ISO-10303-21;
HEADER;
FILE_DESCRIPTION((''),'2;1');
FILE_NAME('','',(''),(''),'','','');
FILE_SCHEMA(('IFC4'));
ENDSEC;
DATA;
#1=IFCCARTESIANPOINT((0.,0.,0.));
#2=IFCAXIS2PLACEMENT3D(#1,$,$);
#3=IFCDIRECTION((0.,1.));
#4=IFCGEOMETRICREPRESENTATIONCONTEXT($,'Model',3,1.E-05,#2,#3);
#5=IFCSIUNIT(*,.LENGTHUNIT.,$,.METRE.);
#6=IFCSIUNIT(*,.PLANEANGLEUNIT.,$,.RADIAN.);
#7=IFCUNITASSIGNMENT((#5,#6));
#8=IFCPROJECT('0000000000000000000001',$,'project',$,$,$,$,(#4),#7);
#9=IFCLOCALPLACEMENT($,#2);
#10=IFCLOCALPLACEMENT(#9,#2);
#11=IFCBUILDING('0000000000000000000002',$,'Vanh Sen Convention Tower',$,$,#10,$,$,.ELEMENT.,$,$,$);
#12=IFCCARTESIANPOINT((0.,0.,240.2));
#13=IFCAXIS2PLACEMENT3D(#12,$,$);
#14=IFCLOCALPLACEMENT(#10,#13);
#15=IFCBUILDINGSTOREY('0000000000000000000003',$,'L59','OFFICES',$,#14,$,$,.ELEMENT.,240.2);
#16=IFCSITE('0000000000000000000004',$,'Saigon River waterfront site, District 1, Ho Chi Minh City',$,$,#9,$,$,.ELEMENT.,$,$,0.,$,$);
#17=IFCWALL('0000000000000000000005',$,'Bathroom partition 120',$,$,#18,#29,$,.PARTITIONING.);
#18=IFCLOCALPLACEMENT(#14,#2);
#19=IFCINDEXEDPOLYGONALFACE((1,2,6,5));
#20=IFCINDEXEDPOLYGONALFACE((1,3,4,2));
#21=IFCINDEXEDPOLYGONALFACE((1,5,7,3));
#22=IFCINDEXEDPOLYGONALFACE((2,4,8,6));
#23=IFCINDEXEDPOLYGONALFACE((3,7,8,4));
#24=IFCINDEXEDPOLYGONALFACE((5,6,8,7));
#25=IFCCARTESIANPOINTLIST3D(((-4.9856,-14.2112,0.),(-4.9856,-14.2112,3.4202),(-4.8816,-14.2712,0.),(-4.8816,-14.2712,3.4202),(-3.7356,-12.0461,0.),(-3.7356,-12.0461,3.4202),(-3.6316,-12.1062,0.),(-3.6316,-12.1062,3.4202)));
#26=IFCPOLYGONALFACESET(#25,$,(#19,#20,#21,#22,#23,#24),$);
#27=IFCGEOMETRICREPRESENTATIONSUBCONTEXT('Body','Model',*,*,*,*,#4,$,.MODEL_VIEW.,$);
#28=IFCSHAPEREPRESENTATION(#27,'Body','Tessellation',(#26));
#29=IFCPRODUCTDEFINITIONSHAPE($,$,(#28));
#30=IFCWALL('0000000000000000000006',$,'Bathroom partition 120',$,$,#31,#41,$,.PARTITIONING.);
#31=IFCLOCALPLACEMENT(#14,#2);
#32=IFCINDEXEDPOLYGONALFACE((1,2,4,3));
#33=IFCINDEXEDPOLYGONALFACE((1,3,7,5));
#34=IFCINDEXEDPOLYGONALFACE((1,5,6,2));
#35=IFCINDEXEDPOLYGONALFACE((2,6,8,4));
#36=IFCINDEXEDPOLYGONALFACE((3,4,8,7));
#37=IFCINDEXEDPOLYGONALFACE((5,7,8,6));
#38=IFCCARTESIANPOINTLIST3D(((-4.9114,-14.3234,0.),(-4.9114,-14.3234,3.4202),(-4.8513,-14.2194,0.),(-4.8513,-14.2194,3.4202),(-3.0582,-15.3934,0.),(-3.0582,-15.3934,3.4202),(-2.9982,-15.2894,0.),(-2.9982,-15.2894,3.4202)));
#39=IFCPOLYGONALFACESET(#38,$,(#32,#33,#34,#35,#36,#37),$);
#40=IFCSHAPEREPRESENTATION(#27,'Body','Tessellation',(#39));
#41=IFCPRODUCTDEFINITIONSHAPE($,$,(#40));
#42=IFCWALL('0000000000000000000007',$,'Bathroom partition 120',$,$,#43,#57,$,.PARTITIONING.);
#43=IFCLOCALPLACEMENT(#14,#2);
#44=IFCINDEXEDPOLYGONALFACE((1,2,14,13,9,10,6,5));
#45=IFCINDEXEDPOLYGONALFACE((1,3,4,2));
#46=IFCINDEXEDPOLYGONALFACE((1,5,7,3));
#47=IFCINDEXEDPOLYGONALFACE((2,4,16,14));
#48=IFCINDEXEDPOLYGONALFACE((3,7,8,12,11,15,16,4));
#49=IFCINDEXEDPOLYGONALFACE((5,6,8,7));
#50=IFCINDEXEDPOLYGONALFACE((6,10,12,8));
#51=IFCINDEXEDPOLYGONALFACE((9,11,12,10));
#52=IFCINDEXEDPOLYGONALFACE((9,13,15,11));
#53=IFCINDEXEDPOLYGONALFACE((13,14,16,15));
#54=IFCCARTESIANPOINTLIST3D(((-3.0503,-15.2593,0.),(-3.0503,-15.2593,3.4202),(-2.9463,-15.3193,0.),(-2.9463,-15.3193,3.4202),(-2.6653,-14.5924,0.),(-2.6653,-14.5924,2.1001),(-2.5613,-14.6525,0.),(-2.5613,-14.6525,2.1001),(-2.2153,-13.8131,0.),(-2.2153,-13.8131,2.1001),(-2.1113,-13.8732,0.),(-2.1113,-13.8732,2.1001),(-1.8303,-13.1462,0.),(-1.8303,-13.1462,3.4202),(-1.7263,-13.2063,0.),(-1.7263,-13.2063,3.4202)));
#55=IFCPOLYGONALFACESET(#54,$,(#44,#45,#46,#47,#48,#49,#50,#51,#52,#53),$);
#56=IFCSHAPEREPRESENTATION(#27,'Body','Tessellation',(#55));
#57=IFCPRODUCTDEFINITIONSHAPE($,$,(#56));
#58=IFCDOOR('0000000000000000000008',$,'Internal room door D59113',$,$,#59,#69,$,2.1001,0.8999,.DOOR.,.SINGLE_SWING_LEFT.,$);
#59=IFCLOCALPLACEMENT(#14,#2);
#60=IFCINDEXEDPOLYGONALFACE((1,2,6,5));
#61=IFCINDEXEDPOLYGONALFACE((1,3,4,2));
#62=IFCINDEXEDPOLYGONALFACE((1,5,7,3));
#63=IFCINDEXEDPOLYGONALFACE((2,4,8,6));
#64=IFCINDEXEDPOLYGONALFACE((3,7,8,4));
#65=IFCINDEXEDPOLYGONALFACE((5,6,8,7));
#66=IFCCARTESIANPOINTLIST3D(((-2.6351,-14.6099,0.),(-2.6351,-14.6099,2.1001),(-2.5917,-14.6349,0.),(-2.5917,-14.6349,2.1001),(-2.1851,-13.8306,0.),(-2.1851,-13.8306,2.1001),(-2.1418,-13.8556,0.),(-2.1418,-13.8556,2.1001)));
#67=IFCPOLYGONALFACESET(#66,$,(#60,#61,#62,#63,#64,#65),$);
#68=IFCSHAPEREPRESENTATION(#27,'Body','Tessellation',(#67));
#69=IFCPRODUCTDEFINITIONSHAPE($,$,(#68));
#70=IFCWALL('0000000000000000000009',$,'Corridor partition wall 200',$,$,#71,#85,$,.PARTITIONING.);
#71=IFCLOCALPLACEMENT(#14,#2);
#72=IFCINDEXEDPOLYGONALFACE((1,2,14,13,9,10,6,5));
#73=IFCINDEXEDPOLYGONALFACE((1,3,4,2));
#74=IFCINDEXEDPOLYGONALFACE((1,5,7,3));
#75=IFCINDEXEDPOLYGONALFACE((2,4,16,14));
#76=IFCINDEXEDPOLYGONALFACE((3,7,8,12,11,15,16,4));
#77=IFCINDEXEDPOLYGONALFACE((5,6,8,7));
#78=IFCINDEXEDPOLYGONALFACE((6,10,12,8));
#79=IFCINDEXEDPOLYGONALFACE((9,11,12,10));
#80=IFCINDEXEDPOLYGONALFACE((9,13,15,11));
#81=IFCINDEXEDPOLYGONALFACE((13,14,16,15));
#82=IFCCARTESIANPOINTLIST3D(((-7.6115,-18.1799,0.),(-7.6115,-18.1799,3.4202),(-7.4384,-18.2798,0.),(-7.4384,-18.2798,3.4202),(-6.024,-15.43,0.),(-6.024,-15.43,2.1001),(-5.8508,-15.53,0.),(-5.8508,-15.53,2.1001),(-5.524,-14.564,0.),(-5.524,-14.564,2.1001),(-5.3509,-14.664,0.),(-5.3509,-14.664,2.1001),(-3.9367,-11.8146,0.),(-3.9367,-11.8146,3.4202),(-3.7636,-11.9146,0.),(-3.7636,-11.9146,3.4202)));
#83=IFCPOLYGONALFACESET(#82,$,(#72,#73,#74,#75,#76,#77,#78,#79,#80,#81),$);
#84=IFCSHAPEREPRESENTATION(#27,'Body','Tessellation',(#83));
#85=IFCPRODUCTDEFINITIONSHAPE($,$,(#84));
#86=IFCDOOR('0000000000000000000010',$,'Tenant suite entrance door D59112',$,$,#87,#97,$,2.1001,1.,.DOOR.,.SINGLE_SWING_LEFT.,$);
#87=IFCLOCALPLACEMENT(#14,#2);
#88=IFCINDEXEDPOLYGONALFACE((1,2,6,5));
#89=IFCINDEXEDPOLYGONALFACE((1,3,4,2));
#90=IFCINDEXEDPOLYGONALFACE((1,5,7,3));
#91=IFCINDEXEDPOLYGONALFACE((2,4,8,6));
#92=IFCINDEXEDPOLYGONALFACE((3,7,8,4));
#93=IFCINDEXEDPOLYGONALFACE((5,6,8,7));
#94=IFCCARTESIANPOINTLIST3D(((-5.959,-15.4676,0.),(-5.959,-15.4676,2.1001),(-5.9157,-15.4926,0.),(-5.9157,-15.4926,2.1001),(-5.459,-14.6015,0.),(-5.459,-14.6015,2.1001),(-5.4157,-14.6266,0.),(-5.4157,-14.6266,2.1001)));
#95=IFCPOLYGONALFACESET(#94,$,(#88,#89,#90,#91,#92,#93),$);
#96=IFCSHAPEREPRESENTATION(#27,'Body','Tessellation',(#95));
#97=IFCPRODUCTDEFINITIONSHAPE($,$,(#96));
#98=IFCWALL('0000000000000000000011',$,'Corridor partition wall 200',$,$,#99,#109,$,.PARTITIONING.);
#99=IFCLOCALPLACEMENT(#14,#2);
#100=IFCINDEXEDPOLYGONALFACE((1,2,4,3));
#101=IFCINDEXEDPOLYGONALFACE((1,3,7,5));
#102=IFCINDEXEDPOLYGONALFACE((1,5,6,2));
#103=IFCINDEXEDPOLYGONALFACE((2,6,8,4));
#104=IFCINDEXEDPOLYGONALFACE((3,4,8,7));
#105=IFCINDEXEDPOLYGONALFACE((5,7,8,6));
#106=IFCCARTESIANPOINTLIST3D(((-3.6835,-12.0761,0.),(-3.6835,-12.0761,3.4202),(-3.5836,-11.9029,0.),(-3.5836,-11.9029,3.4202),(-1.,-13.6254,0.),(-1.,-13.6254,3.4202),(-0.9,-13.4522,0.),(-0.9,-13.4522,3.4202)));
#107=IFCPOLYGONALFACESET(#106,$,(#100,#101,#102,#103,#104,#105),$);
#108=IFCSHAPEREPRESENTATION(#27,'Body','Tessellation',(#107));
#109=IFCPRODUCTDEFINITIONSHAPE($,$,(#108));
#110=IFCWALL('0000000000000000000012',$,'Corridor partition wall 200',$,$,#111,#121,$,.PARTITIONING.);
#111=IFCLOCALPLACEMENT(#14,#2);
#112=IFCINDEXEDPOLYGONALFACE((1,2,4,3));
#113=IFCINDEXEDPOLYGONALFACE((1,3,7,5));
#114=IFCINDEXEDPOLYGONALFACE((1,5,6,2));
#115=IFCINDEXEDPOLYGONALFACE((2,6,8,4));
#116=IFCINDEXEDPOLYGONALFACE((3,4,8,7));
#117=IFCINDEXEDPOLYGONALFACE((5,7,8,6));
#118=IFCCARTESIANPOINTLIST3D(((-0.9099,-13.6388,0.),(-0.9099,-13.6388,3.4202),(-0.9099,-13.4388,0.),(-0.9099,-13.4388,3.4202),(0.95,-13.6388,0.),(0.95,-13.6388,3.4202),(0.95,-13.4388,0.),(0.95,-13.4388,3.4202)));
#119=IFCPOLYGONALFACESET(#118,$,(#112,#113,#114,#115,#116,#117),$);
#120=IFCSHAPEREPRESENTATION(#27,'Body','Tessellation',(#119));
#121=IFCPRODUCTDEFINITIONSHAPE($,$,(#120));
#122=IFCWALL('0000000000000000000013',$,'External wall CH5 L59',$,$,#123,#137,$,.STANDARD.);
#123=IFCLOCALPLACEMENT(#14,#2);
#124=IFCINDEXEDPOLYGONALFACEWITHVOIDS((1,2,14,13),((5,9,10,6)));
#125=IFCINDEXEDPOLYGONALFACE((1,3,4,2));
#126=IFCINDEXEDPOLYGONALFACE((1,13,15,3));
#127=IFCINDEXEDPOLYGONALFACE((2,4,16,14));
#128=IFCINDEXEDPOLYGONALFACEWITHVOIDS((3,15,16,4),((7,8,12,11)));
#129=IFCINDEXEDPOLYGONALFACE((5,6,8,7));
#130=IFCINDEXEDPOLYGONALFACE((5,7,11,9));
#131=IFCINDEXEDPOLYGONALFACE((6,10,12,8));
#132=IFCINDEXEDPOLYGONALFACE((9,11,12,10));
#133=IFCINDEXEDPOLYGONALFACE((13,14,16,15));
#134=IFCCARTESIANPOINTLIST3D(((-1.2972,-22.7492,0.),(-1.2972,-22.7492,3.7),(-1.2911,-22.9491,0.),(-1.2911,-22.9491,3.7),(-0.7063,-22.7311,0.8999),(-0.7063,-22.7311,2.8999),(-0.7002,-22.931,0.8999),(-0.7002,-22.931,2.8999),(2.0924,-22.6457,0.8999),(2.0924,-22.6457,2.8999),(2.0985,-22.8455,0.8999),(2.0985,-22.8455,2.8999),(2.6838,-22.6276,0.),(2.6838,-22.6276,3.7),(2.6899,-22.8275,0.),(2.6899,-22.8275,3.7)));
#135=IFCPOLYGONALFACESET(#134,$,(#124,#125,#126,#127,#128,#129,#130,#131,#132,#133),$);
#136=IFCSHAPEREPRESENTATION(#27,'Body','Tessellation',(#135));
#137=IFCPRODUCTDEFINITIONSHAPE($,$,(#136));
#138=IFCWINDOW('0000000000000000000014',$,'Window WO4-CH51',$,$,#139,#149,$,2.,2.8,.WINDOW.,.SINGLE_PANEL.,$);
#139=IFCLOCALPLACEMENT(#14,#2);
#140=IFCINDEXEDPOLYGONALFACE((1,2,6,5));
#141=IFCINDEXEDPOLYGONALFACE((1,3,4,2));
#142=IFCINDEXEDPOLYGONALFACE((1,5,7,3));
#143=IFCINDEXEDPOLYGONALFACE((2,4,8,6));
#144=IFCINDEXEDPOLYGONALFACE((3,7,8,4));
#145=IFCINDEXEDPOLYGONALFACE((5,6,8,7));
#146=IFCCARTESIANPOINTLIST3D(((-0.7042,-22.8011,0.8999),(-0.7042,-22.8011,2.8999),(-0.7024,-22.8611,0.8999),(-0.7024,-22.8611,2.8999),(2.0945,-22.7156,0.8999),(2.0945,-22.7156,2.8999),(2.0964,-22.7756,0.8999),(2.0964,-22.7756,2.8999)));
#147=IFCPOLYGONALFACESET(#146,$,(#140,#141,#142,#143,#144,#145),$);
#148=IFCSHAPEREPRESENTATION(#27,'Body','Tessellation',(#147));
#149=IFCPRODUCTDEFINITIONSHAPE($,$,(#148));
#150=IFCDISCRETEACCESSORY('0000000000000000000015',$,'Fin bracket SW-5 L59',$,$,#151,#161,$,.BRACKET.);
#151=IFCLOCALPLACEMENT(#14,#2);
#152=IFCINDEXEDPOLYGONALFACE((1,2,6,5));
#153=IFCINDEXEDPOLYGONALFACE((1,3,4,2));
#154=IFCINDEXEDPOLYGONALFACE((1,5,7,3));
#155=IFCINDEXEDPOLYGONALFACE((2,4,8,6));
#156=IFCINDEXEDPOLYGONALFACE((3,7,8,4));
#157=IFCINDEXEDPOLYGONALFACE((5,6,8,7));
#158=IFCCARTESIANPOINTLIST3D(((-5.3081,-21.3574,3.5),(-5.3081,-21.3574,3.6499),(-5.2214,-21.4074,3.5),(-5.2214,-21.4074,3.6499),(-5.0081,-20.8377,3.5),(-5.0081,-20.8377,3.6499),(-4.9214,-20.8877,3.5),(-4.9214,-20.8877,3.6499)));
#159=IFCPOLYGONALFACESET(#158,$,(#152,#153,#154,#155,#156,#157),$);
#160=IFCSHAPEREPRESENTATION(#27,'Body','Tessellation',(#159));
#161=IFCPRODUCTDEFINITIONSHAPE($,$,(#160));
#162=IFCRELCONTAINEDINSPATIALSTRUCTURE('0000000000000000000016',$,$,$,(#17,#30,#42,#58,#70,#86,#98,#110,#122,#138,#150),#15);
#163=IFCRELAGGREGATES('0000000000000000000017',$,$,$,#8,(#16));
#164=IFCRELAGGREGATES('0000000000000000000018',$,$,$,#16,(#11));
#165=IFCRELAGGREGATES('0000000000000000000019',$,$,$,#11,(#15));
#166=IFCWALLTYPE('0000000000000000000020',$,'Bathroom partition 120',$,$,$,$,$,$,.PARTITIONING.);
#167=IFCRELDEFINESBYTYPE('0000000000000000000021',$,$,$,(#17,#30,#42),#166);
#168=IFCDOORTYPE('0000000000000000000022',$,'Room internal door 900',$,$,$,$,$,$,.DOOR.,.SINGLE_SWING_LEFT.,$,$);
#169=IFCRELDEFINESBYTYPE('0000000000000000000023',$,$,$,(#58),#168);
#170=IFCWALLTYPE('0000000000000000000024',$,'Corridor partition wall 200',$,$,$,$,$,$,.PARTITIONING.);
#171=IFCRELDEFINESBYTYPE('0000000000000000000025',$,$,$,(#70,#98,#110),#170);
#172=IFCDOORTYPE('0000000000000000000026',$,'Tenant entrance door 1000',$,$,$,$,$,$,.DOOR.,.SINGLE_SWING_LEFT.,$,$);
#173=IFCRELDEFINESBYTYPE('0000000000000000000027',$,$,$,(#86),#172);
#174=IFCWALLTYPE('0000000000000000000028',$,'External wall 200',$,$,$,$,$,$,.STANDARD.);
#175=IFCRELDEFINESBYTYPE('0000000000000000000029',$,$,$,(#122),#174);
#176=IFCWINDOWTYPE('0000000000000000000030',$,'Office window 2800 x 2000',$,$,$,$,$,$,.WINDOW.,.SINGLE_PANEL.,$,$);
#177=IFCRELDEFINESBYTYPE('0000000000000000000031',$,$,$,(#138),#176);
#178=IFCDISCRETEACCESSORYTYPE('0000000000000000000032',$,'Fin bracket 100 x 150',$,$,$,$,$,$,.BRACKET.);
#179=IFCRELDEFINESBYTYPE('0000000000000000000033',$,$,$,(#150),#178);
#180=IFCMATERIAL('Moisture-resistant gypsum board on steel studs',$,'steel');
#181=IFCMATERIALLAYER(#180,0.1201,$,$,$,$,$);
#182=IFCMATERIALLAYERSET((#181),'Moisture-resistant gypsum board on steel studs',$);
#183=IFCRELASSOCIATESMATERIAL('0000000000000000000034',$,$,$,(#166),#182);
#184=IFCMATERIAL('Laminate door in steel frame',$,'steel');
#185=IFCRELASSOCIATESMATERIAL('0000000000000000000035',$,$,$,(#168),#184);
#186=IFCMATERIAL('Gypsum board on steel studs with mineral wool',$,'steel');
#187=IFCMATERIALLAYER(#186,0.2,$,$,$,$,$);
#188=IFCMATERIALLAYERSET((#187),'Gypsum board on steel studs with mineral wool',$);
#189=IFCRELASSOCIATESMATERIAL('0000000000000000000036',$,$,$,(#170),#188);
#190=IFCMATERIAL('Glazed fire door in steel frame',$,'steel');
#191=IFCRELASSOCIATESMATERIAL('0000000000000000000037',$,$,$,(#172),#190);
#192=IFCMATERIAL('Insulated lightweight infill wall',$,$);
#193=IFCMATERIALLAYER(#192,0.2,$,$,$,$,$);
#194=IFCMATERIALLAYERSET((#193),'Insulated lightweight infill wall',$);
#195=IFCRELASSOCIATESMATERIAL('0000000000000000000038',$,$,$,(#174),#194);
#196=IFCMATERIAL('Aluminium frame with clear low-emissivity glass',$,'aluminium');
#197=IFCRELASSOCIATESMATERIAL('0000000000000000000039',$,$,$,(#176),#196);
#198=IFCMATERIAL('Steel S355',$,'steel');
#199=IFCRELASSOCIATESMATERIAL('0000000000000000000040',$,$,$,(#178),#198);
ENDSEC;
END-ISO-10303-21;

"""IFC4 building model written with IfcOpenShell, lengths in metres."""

from ifc_helpers import new_model, si_unit, direction, frame, frame_2d, origin, origin_2d, place, context, subcontext, project, spatial, rectangle, extrude, material, layer, layer_set, type_object, element, fill, save


model = new_model("IFC4")

# Units and contexts
model_context = context("Model", 3, precision=1e-05, world=origin(), true_north=direction((0.0, 1.0)))
body_context = subcontext(model_context, "Body", "Model", "MODEL_VIEW")
ifc_project = project(units=[si_unit("LENGTHUNIT", "METRE"), si_unit("PLANEANGLEUNIT", "RADIAN")], contexts=[model_context])

# Site, building, storey
site_placement = place(None, origin())
site = spatial("IfcSite", under=ifc_project, at=site_placement, Name="Saigon River waterfront site, District 1, Ho Chi Minh City", CompositionType="ELEMENT", RefElevation=0.0)
building_placement = place(site_placement, origin())
building = spatial("IfcBuilding", under=site, at=building_placement, Name="Vanh Sen Convention Tower", CompositionType="ELEMENT")
storey_placement = place(building_placement, frame((0.0, 0.0, 240.2)))
storey = spatial("IfcBuildingStorey", under=building, at=storey_placement, Name="L59", Description="OFFICES", CompositionType="ELEMENT", Elevation=240.2)

# Walls
ifc_material_1 = material(Name="Moisture-resistant gypsum board on steel studs", Category="steel")
ifc_layer_1 = layer(ifc_material_1, 0.1201)
ifc_layer_set_1 = layer_set([ifc_layer_1], Name="Moisture-resistant gypsum board on steel studs")
wall_type_1 = type_object("IfcWallType", Name="Bathroom partition 120", PredefinedType="PARTITIONING", material=ifc_layer_set_1)
wall_1_placement = place(storey_placement, frame((-4.9336, -14.2412, 0.0), z_axis=(0.0, 0.0, 1.0), x_axis=(0.500004, 0.866023, 0.0)))
element("IfcWall", 1, at=wall_1_placement, inside=storey, type_object=wall_type_1, Name="Bathroom partition 120", PredefinedType="PARTITIONING", context=body_context, shape_type="SweptSolid", body=[
    extrude(rectangle(XDim=2.5, YDim=0.1201, at=frame_2d((1.25, 0.0))), origin(), (0.0, 0.0, 1.0), 3.4202),
])
wall_2_placement = place(storey_placement, frame((-3.0283, -15.3413, 0.0), z_axis=(0.0, 0.0, 1.0), x_axis=(-0.866009, 0.500029, 0.0)))
element("IfcWall", 2, at=wall_2_placement, inside=storey, type_object=wall_type_1, Name="Bathroom partition 120", PredefinedType="PARTITIONING", context=body_context, shape_type="SweptSolid", body=[
    extrude(rectangle(XDim=2.1399, YDim=0.1201, at=frame_2d((1.0698, 0.0))), origin(), (0.0, 0.0, 1.0), 3.4202),
])

# Walls, openings, doors
wall_3_placement = place(storey_placement, frame((-1.7783, -13.1763, 0.0), z_axis=(0.0, 0.0, 1.0), x_axis=(-0.500003, -0.866024, 0.0)))
wall_3 = element("IfcWall", 3, at=wall_3_placement, inside=storey, type_object=wall_type_1, Name="Bathroom partition 120", PredefinedType="PARTITIONING", context=body_context, shape_type="SweptSolid", body=[
    extrude(rectangle(XDim=2.4399, YDim=0.1201, at=frame_2d((1.22, 0.0))), origin(), (0.0, 0.0, 1.0), 3.4202),
])
opening_1_placement = place(wall_3_placement, frame((0.77, 0.0, 0.0)))
opening_1 = element("IfcOpeningElement", 4, at=opening_1_placement, cuts=wall_3, PredefinedType="OPENING", context=body_context, shape_type="SweptSolid", body=[
    extrude(rectangle(XDim=0.8999, YDim=2.1001, at=frame_2d((0.45, 1.05))), frame((0.0, 0.0701, 0.0), z_axis=(0.0, -1.0, 0.0), x_axis=(1.0, 0.0, 0.0)), (0.0, 0.0, 1.0), 0.1401),
])
ifc_material_2 = material(Name="Laminate door in steel frame", Category="steel")
door_type_1 = type_object("IfcDoorType", Name="Room internal door 900", OperationType="SINGLE_SWING_LEFT", PredefinedType="DOOR", material=ifc_material_2)
door_1_placement = place(opening_1_placement, origin())
door_1 = element("IfcDoor", 5, at=door_1_placement, inside=storey, type_object=door_type_1, Name="Internal room door D59113", OperationType="SINGLE_SWING_LEFT", OverallHeight=2.1001, OverallWidth=0.8999, PredefinedType="DOOR", context=body_context, shape_type="SweptSolid", body=[
    extrude(rectangle(XDim=0.8999, YDim=2.1001, at=frame_2d((0.45, 1.05))), frame((0.0, 0.0249, 0.0), z_axis=(0.0, -1.0, 0.0), x_axis=(1.0, 0.0, 0.0)), (0.0, 0.0, 1.0), 0.05),
])
fill(opening_1, door_1)
ifc_material_3 = material(Name="Gypsum board on steel studs with mineral wool", Category="steel")
ifc_layer_2 = layer(ifc_material_3, 0.2)
ifc_layer_set_2 = layer_set([ifc_layer_2], Name="Gypsum board on steel studs with mineral wool")
wall_type_2 = type_object("IfcWallType", Name="Corridor partition wall 200", PredefinedType="PARTITIONING", material=ifc_layer_set_2)
wall_4_placement = place(storey_placement, frame((-7.5249, -18.2297, 0.0), z_axis=(0.0, 0.0, 1.0), x_axis=(0.499983, 0.866035, 0.0)))
wall_4 = element("IfcWall", 6, at=wall_4_placement, inside=storey, type_object=wall_type_2, Name="Corridor partition wall 200", PredefinedType="PARTITIONING", context=body_context, shape_type="SweptSolid", body=[
    extrude(rectangle(XDim=7.3499, YDim=0.2, at=frame_2d((3.6748, 0.0))), origin(), (0.0, 0.0, 1.0), 3.4202),
])
opening_2_placement = place(wall_4_placement, frame((3.175, 0.0, 0.0)))
opening_2 = element("IfcOpeningElement", 7, at=opening_2_placement, cuts=wall_4, PredefinedType="OPENING", context=body_context, shape_type="SweptSolid", body=[
    extrude(rectangle(XDim=1.0, YDim=2.1001, at=frame_2d((0.5, 1.05))), frame((0.0, 0.1099, 0.0), z_axis=(0.0, -1.0, 0.0), x_axis=(1.0, 0.0, 0.0)), (0.0, 0.0, 1.0), 0.22),
])
ifc_material_4 = material(Name="Glazed fire door in steel frame", Category="steel")
door_type_2 = type_object("IfcDoorType", Name="Tenant entrance door 1000", OperationType="SINGLE_SWING_LEFT", PredefinedType="DOOR", material=ifc_material_4)
door_2_placement = place(opening_2_placement, origin())
door_2 = element("IfcDoor", 8, at=door_2_placement, inside=storey, type_object=door_type_2, Name="Tenant suite entrance door D59112", OperationType="SINGLE_SWING_LEFT", OverallHeight=2.1001, OverallWidth=1.0, PredefinedType="DOOR", context=body_context, shape_type="SweptSolid", body=[
    extrude(rectangle(XDim=1.0, YDim=2.1001, at=frame_2d((0.5, 1.05))), frame((0.0, 0.0249, 0.0), z_axis=(0.0, -1.0, 0.0), x_axis=(1.0, 0.0, 0.0)), (0.0, 0.0, 1.0), 0.05),
])
fill(opening_2, door_2)

# Walls
wall_5_placement = place(storey_placement, frame((-3.6335, -11.9895, 0.0), z_axis=(0.0, 0.0, 1.0), x_axis=(0.866033, -0.499986, 0.0)))
element("IfcWall", 9, at=wall_5_placement, inside=storey, type_object=wall_type_2, Name="Corridor partition wall 200", PredefinedType="PARTITIONING", context=body_context, shape_type="SweptSolid", body=[
    extrude(rectangle(XDim=3.0986, YDim=0.2, at=frame_2d((1.5493, 0.0))), origin(), (0.0, 0.0, 1.0), 3.4202),
])
wall_6_placement = place(storey_placement, frame((-0.9099, -13.5388, 0.0), z_axis=(0.0, 0.0, 1.0), x_axis=(1.0, 0.0, 0.0)))
element("IfcWall", 10, at=wall_6_placement, inside=storey, type_object=wall_type_2, Name="Corridor partition wall 200", PredefinedType="PARTITIONING", context=body_context, shape_type="SweptSolid", body=[
    extrude(rectangle(XDim=1.8599, YDim=0.2, at=frame_2d((0.9299, 0.0))), origin(), (0.0, 0.0, 1.0), 3.4202),
])

# Wall, opening, window
ifc_material_5 = material(Name="Insulated lightweight infill wall")
ifc_layer_3 = layer(ifc_material_5, 0.2)
ifc_layer_set_3 = layer_set([ifc_layer_3], Name="Insulated lightweight infill wall")
wall_type_3 = type_object("IfcWallType", Name="External wall 200", PredefinedType="STANDARD", material=ifc_layer_set_3)
wall_7_placement = place(storey_placement, frame((-1.2942, -22.8491, 0.0), z_axis=(0.0, 0.0, 1.0), x_axis=(0.999534, 0.030527, 0.0)))
wall_7 = element("IfcWall", 11, at=wall_7_placement, inside=storey, type_object=wall_type_3, Name="External wall CH5 L59", PredefinedType="STANDARD", context=body_context, shape_type="SweptSolid", body=[
    extrude(rectangle(XDim=3.9829, YDim=0.2, at=frame_2d((1.9915, 0.0))), origin(), (0.0, 0.0, 1.0), 3.7),
])
opening_3_placement = place(wall_7_placement, frame((0.5913, 0.0, 0.8999)))
opening_3 = element("IfcOpeningElement", 12, at=opening_3_placement, cuts=wall_7, PredefinedType="OPENING", context=body_context, shape_type="SweptSolid", body=[
    extrude(rectangle(XDim=2.8, YDim=2.0, at=frame_2d((1.3999, 1.0))), frame((0.0, 0.1099, 0.0), z_axis=(0.0, -1.0, 0.0), x_axis=(1.0, 0.0, 0.0)), (0.0, 0.0, 1.0), 0.22),
])
ifc_material_6 = material(Name="Aluminium frame with clear low-emissivity glass", Category="aluminium")
window_type = type_object("IfcWindowType", Name="Office window 2800 x 2000", PartitioningType="SINGLE_PANEL", PredefinedType="WINDOW", material=ifc_material_6)
window_placement = place(opening_3_placement, origin())
window = element("IfcWindow", 13, at=window_placement, inside=storey, type_object=window_type, Name="Window WO4-CH51", OverallHeight=2.0, OverallWidth=2.8, PartitioningType="SINGLE_PANEL", PredefinedType="WINDOW", context=body_context, shape_type="SweptSolid", body=[
    extrude(rectangle(XDim=2.8, YDim=2.0, at=frame_2d((1.3999, 1.0))), frame((0.0, 0.03, 0.0), z_axis=(0.0, -1.0, 0.0), x_axis=(1.0, 0.0, 0.0)), (0.0, 0.0, 1.0), 0.0601),
])
fill(opening_3, window)

# Discrete accessory
ifc_material_7 = material(Name="Steel S355", Category="steel")
discrete_accessory_type = type_object("IfcDiscreteAccessoryType", Name="Fin bracket 100 x 150", PredefinedType="BRACKET", material=ifc_material_7)
discrete_accessory_placement = place(storey_placement, frame((-5.1147, -21.1226, 3.5), z_axis=(0.0, 0.0, 1.0), x_axis=(-0.5, -0.866025, 0.0)))
element("IfcDiscreteAccessory", 14, at=discrete_accessory_placement, inside=storey, type_object=discrete_accessory_type, Name="Fin bracket SW-5 L59", PredefinedType="BRACKET", context=body_context, shape_type="SweptSolid", body=[
    extrude(rectangle(XDim=0.6001, YDim=0.1001, at=origin_2d()), origin(), (0.0, 0.0, 1.0), 0.1499),
])

save(model, "model.ifc")
